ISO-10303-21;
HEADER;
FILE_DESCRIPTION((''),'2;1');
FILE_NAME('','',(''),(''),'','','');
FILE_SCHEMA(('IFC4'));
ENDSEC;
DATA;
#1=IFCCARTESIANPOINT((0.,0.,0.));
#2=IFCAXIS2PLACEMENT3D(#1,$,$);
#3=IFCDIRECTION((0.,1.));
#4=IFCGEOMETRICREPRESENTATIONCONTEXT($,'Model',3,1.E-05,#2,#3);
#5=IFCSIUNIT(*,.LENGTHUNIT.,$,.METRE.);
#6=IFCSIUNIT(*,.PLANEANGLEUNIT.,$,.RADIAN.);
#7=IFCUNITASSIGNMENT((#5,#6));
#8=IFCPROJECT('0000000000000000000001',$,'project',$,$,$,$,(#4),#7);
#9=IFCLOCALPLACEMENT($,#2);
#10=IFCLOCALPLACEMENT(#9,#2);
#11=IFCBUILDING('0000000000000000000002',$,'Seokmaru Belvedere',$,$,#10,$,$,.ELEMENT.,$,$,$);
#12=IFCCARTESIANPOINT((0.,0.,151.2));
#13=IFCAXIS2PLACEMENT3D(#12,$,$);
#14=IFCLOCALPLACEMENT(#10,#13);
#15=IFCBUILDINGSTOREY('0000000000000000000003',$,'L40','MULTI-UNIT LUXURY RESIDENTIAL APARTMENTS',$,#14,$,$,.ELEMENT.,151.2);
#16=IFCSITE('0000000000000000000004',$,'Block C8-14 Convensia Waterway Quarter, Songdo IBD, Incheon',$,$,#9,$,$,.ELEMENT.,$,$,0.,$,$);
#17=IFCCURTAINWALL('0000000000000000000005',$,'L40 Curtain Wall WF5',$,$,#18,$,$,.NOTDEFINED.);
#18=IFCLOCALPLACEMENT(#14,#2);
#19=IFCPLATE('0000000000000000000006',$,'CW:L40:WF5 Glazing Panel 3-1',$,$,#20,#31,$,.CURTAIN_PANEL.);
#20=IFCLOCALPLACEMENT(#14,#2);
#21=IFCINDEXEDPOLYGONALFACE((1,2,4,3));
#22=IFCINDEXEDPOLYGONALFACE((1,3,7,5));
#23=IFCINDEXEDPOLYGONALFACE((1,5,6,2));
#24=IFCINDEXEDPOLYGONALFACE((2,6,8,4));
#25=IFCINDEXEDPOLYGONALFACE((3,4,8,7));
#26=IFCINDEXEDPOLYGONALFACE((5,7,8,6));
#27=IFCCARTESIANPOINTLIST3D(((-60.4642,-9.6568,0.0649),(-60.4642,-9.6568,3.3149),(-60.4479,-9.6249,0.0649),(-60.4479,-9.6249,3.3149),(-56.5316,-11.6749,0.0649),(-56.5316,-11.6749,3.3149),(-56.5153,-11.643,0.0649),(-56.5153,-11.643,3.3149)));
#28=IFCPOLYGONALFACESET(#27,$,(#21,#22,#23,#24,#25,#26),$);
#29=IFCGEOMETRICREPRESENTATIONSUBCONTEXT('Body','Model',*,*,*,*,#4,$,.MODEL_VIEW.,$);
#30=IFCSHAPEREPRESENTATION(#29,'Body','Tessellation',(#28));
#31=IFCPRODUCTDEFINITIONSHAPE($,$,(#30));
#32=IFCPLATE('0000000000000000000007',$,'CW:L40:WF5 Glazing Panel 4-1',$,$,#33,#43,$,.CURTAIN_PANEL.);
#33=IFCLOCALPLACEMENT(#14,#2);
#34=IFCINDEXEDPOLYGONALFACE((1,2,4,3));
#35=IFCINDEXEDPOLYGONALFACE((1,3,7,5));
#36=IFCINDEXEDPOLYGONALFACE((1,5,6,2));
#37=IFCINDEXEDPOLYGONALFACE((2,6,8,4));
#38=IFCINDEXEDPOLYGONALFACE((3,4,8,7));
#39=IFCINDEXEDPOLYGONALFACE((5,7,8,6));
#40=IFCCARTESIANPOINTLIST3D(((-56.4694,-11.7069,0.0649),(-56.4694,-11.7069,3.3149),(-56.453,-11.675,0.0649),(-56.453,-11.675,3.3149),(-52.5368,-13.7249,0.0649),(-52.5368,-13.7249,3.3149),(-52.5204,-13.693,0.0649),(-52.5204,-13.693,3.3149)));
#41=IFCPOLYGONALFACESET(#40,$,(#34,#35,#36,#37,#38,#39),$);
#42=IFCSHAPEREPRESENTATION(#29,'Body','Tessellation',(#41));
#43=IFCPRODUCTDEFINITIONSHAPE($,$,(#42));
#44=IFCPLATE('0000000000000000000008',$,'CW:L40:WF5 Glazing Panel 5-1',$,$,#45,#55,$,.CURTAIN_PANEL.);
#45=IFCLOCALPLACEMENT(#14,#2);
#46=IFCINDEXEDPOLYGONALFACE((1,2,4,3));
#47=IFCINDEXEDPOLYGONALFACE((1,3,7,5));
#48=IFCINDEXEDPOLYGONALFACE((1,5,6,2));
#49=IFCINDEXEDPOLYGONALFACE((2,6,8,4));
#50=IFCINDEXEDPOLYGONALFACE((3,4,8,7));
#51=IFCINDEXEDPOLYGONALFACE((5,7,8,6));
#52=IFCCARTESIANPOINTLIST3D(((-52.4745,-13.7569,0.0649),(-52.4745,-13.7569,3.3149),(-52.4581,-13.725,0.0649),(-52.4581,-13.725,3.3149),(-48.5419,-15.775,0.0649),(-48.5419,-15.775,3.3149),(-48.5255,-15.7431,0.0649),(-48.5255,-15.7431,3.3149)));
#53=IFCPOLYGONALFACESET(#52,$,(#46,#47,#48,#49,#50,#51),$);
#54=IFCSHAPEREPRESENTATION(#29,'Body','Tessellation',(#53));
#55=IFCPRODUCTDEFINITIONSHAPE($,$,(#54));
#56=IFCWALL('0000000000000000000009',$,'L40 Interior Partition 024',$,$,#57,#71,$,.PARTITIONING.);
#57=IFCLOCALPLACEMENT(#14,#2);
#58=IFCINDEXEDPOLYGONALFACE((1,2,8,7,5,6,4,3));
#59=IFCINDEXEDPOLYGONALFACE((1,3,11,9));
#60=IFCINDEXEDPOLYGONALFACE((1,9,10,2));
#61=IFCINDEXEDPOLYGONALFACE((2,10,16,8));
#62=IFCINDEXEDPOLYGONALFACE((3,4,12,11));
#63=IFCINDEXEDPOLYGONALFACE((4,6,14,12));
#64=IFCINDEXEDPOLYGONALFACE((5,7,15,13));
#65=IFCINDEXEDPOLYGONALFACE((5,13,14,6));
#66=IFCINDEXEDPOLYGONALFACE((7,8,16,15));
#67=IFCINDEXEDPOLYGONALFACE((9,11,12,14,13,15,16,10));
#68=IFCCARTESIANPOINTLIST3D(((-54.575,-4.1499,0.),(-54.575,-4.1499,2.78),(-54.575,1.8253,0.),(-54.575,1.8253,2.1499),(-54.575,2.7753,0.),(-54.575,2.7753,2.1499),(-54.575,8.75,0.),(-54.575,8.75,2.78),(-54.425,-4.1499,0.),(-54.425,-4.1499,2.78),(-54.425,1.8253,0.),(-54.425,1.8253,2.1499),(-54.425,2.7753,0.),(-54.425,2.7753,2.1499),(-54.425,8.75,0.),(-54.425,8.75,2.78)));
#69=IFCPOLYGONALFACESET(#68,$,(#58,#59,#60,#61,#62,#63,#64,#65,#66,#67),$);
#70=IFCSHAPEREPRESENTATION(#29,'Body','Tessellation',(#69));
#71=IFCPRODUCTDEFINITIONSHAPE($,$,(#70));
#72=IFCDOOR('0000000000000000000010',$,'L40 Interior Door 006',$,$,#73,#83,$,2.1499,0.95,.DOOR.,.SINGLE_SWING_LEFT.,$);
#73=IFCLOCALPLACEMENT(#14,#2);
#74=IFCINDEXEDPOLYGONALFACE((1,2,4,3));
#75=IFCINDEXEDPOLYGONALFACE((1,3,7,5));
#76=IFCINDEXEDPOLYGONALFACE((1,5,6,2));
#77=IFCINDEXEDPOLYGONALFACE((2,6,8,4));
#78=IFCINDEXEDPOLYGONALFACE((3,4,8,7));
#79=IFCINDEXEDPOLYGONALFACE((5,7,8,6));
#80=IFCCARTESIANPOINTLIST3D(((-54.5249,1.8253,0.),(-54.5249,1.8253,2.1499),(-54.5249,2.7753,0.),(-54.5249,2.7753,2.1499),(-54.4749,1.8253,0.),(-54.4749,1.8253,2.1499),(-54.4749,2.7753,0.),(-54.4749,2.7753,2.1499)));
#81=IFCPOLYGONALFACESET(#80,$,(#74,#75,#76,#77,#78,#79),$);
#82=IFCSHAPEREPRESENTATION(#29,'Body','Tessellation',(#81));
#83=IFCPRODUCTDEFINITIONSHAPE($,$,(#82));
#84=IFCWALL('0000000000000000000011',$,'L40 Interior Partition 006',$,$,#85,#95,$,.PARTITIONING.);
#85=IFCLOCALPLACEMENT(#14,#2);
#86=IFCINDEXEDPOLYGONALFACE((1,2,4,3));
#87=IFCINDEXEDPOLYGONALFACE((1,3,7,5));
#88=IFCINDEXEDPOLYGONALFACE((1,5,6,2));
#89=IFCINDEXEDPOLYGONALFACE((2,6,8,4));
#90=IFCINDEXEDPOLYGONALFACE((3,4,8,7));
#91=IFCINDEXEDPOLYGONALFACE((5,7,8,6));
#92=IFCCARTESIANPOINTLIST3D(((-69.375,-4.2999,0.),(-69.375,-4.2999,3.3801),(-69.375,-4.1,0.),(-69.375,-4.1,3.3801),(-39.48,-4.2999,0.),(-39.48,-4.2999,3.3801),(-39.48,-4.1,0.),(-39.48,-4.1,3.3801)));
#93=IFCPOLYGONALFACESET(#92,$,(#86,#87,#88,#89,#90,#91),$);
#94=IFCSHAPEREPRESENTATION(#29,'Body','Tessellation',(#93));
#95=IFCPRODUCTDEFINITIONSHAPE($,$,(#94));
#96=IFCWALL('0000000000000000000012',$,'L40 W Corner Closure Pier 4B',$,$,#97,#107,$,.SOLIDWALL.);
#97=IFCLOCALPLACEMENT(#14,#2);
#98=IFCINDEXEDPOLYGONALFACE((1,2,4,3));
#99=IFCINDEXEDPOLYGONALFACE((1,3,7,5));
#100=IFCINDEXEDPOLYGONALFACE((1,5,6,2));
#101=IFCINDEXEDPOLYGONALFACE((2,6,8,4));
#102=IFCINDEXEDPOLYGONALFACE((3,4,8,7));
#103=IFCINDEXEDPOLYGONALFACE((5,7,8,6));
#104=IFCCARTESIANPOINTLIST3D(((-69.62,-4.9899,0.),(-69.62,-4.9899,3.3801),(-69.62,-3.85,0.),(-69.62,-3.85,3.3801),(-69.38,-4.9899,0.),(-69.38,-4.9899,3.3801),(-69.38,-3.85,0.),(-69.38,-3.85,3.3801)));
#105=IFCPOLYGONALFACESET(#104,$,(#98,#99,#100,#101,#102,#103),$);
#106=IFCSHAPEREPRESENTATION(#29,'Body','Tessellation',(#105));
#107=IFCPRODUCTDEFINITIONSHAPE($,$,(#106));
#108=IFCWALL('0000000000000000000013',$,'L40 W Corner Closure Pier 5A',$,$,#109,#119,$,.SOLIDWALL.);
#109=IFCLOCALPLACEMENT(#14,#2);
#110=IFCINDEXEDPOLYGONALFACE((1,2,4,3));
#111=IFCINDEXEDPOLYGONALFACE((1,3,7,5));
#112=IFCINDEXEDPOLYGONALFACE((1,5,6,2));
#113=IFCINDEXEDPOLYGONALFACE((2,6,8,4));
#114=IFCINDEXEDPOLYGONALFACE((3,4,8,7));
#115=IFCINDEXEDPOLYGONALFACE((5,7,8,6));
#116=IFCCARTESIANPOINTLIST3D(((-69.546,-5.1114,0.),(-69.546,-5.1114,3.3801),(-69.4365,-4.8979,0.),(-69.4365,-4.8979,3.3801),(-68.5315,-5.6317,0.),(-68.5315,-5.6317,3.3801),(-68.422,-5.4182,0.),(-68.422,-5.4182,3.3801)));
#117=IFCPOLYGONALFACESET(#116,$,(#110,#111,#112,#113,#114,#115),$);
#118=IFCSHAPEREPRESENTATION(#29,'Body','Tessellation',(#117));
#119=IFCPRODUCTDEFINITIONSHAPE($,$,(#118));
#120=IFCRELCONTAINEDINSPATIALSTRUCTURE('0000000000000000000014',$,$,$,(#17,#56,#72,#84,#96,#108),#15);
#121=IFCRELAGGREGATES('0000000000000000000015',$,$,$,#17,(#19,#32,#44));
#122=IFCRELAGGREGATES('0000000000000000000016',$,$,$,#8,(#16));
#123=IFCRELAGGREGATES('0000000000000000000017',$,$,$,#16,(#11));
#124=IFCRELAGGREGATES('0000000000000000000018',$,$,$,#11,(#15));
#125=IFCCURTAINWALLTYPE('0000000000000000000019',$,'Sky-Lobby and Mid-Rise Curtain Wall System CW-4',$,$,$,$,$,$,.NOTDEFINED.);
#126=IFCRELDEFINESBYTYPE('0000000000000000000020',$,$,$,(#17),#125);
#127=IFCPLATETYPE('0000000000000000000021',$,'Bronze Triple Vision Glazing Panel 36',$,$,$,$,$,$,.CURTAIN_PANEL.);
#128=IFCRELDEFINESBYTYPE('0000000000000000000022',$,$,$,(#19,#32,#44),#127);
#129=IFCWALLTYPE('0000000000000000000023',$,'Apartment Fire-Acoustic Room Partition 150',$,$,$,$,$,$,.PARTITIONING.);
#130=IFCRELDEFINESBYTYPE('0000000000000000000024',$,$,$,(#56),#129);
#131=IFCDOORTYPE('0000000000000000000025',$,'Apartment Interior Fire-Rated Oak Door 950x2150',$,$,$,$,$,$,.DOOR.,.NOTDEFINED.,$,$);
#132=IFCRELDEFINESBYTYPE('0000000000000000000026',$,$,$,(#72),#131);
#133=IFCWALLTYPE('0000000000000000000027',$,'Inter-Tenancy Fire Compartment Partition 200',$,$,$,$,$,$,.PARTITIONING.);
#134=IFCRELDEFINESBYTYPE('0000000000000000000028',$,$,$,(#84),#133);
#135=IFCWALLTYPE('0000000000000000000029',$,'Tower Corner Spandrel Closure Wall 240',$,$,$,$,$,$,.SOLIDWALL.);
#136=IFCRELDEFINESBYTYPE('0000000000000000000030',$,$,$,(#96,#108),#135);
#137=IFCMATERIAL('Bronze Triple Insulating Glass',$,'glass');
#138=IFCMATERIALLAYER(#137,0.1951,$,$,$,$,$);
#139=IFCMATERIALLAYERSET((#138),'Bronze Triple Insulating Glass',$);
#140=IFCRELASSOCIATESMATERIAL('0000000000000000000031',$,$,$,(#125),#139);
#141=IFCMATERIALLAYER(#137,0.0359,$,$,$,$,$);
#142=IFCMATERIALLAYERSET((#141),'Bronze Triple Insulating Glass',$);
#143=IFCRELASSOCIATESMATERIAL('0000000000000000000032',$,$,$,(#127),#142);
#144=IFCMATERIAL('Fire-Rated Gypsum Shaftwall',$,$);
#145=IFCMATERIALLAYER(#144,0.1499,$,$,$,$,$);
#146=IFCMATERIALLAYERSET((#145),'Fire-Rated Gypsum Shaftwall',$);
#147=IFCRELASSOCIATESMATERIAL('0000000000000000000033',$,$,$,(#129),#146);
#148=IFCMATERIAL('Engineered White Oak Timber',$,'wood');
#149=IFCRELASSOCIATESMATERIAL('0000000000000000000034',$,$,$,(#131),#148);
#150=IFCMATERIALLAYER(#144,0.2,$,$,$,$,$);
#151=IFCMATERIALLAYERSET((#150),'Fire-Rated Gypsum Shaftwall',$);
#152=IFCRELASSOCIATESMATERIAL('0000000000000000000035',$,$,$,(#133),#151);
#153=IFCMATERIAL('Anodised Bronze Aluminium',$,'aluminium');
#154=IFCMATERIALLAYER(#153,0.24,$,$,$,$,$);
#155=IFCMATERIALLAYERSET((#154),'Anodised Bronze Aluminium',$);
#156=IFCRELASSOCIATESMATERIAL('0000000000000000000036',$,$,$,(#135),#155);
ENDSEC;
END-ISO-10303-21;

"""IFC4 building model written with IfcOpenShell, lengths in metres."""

from ifc_helpers import new_model, si_unit, direction, frame, frame_2d, origin, origin_2d, place, context, subcontext, project, spatial, rectangle, extrude, source, transform, mapped, material, layer, layer_set, type_object, type_shapes, element, fill, aggregate, save


model = new_model("IFC4")

# Units and contexts
model_context = context("Model", 3, precision=1e-05, world=origin(), true_north=direction((0.0, 1.0)))
body_context = subcontext(model_context, "Body", "Model", "MODEL_VIEW")
ifc_project = project(units=[si_unit("LENGTHUNIT", "METRE"), si_unit("PLANEANGLEUNIT", "RADIAN")], contexts=[model_context])

# Site, building, storey
site_placement = place(None, origin())
site = spatial("IfcSite", under=ifc_project, at=site_placement, Name="Block C8-14 Convensia Waterway Quarter, Songdo IBD, Incheon", CompositionType="ELEMENT", RefElevation=0.0)
building_placement = place(site_placement, origin())
building = spatial("IfcBuilding", under=site, at=building_placement, Name="Seokmaru Belvedere", CompositionType="ELEMENT")
storey_placement = place(building_placement, frame((0.0, 0.0, 151.2)))
storey = spatial("IfcBuildingStorey", under=building, at=storey_placement, Name="L40", Description="MULTI-UNIT LUXURY RESIDENTIAL APARTMENTS", CompositionType="ELEMENT", Elevation=151.2)

# Shared definitions
ifc_material_1 = material(Name="Bronze Triple Insulating Glass", Category="glass")
ifc_layer_1 = layer(ifc_material_1, 0.1951)
ifc_layer_set_1 = layer_set([ifc_layer_1], Name="Bronze Triple Insulating Glass")
curtain_wall_type = type_object("IfcCurtainWallType", Name="Sky-Lobby and Mid-Rise Curtain Wall System CW-4", PredefinedType="NOTDEFINED", material=ifc_layer_set_1)
ifc_material_2 = material(Name="Anodised Bronze Aluminium", Category="aluminium")

# Curtain wall, plates
curtain_wall_1_placement = place(storey_placement, origin())
curtain_wall_1 = element("IfcCurtainWall", 1, at=curtain_wall_1_placement, inside=storey, type_object=curtain_wall_type, Name="L40 Curtain Wall WF5", PredefinedType="NOTDEFINED")
ifc_layer_2 = layer(ifc_material_1, 0.0359)
ifc_layer_set_2 = layer_set([ifc_layer_2], Name="Bronze Triple Insulating Glass")
plate_type = type_object("IfcPlateType", Name="Bronze Triple Vision Glazing Panel 36", PredefinedType="CURTAIN_PANEL", material=ifc_layer_set_2)
shared_shape_1 = source(origin(), body_context, "Body", "SweptSolid", [
    extrude(rectangle(XDim=4.4202, YDim=0.0359, at=origin_2d()), origin(), (0.0, 0.0, 1.0), 3.25),
])
plate_1_placement = place(storey_placement, frame((-58.4897, -10.6499, 0.0649), z_axis=(0.0, 0.0, 1.0), x_axis=(0.889695, -0.456555, 0.0)))
plate_1 = element("IfcPlate", 2, at=plate_1_placement, type_object=plate_type, Name="CW:L40:WF5 Glazing Panel 3-1", PredefinedType="CURTAIN_PANEL", context=body_context, shape_type="MappedRepresentation", body=[
    mapped(shared_shape_1, transform((0.0, 0.0, 0.0), scale=1.0)),
])
plate_2_placement = place(storey_placement, frame((-54.4949, -12.7, 0.0649), z_axis=(0.0, 0.0, 1.0), x_axis=(0.889695, -0.456555, 0.0)))
plate_2 = element("IfcPlate", 3, at=plate_2_placement, type_object=plate_type, Name="CW:L40:WF5 Glazing Panel 4-1", PredefinedType="CURTAIN_PANEL", context=body_context, shape_type="MappedRepresentation", body=[
    mapped(shared_shape_1, transform((0.0, 0.0, 0.0), scale=1.0)),
])
plate_3_placement = place(storey_placement, frame((-50.5, -14.75, 0.0649), z_axis=(0.0, 0.0, 1.0), x_axis=(0.889695, -0.456555, 0.0)))
plate_3 = element("IfcPlate", 4, at=plate_3_placement, type_object=plate_type, Name="CW:L40:WF5 Glazing Panel 5-1", PredefinedType="CURTAIN_PANEL", context=body_context, shape_type="MappedRepresentation", body=[
    mapped(shared_shape_1, transform((0.0, 0.0, 0.0), scale=1.0)),
])
aggregate(curtain_wall_1, [plate_1, plate_2, plate_3])

# Shared definitions
ifc_material_3 = material(Name="Fire-Rated Gypsum Shaftwall")
ifc_layer_3 = layer(ifc_material_3, 0.1499)
ifc_layer_set_3 = layer_set([ifc_layer_3], Name="Fire-Rated Gypsum Shaftwall")
wall_type_1 = type_object("IfcWallType", Name="Apartment Fire-Acoustic Room Partition 150", PredefinedType="PARTITIONING", material=ifc_layer_set_3)
ifc_material_4 = material(Name="Engineered White Oak Timber", Category="wood")
door_type = type_object("IfcDoorType", Name="Apartment Interior Fire-Rated Oak Door 950x2150", OperationType="NOTDEFINED", PredefinedType="DOOR", material=ifc_material_4)
shared_shape_2 = source(origin(), body_context, "Body", "SweptSolid", [
    extrude(rectangle(XDim=0.95, YDim=2.1499, at=frame_2d((0.4751, 1.075))), frame((0.0, 0.0249, 0.0), z_axis=(0.0, -1.0, 0.0), x_axis=(1.0, 0.0, 0.0)), (0.0, 0.0, 1.0), 0.05),
])
type_shapes(door_type, [shared_shape_2])

# Wall, opening, door
wall_1_placement = place(storey_placement, frame((-54.5, -4.1499, 0.0), z_axis=(0.0, 0.0, 1.0), x_axis=(0.0, 1.0, 0.0)))
wall_1 = element("IfcWall", 5, at=wall_1_placement, inside=storey, type_object=wall_type_1, Name="L40 Interior Partition 024", PredefinedType="PARTITIONING", context=body_context, shape_type="SweptSolid", body=[
    extrude(rectangle(XDim=12.8999, YDim=0.1499, at=frame_2d((6.45, 0.0))), origin(), (0.0, 0.0, 1.0), 2.78),
])
opening_1_placement = place(wall_1_placement, frame((5.9751, 0.0, 0.0)))
opening_1 = element("IfcOpeningElement", 6, at=opening_1_placement, cuts=wall_1, PredefinedType="OPENING", context=body_context, shape_type="SweptSolid", body=[
    extrude(rectangle(XDim=0.95, YDim=2.1499, at=frame_2d((0.4751, 1.075))), frame((0.0, 0.085, 0.0), z_axis=(0.0, -1.0, 0.0), x_axis=(1.0, 0.0, 0.0)), (0.0, 0.0, 1.0), 0.1699),
])
door_1_placement = place(opening_1_placement, origin())
door_1 = element("IfcDoor", 7, at=door_1_placement, inside=storey, type_object=door_type, Name="L40 Interior Door 006", OperationType="SINGLE_SWING_LEFT", OverallHeight=2.1499, OverallWidth=0.95, PredefinedType="DOOR", context=body_context, shape_type="MappedRepresentation", body=[
    mapped(shared_shape_2, transform((0.0, 0.0, 0.0), scale=1.0)),
])
fill(opening_1, door_1)

# Walls
ifc_layer_4 = layer(ifc_material_3, 0.2)
ifc_layer_set_4 = layer_set([ifc_layer_4], Name="Fire-Rated Gypsum Shaftwall")
wall_type_2 = type_object("IfcWallType", Name="Inter-Tenancy Fire Compartment Partition 200", PredefinedType="PARTITIONING", material=ifc_layer_set_4)
wall_2_placement = place(storey_placement, frame((-69.375, -4.2, 0.0), z_axis=(0.0, 0.0, 1.0), x_axis=(1.0, 0.0, 0.0)))
element("IfcWall", 8, at=wall_2_placement, inside=storey, type_object=wall_type_2, Name="L40 Interior Partition 006", PredefinedType="PARTITIONING", context=body_context, shape_type="SweptSolid", body=[
    extrude(rectangle(XDim=29.895, YDim=0.2, at=frame_2d((14.9475, 0.0))), origin(), (0.0, 0.0, 1.0), 3.3801),
])
ifc_layer_5 = layer(ifc_material_2, 0.24)
ifc_layer_set_5 = layer_set([ifc_layer_5], Name="Anodised Bronze Aluminium")
wall_type_3 = type_object("IfcWallType", Name="Tower Corner Spandrel Closure Wall 240", PredefinedType="SOLIDWALL", material=ifc_layer_set_5)
wall_3_placement = place(storey_placement, frame((-69.5, -3.8501, 0.0), z_axis=(0.0, 0.0, 1.0), x_axis=(0.0, -1.0, 0.0)))
element("IfcWall", 9, at=wall_3_placement, inside=storey, type_object=wall_type_3, Name="L40 W Corner Closure Pier 4B", PredefinedType="SOLIDWALL", context=body_context, shape_type="SweptSolid", body=[
    extrude(rectangle(XDim=1.1399, YDim=0.24, at=frame_2d((0.5698, 0.0))), origin(), (0.0, 0.0, 1.0), 3.3801),
])
wall_4_placement = place(storey_placement, frame((-69.4912, -5.0046, 0.0), z_axis=(0.0, 0.0, 1.0), x_axis=(0.889797, -0.456356, 0.0)))
element("IfcWall", 10, at=wall_4_placement, inside=storey, type_object=wall_type_3, Name="L40 W Corner Closure Pier 5A", PredefinedType="SOLIDWALL", context=body_context, shape_type="SweptSolid", body=[
    extrude(rectangle(XDim=1.1401, YDim=0.24, at=frame_2d((0.5701, 0.0))), origin(), (0.0, 0.0, 1.0), 3.3801),
])

save(model, "model.ifc")
